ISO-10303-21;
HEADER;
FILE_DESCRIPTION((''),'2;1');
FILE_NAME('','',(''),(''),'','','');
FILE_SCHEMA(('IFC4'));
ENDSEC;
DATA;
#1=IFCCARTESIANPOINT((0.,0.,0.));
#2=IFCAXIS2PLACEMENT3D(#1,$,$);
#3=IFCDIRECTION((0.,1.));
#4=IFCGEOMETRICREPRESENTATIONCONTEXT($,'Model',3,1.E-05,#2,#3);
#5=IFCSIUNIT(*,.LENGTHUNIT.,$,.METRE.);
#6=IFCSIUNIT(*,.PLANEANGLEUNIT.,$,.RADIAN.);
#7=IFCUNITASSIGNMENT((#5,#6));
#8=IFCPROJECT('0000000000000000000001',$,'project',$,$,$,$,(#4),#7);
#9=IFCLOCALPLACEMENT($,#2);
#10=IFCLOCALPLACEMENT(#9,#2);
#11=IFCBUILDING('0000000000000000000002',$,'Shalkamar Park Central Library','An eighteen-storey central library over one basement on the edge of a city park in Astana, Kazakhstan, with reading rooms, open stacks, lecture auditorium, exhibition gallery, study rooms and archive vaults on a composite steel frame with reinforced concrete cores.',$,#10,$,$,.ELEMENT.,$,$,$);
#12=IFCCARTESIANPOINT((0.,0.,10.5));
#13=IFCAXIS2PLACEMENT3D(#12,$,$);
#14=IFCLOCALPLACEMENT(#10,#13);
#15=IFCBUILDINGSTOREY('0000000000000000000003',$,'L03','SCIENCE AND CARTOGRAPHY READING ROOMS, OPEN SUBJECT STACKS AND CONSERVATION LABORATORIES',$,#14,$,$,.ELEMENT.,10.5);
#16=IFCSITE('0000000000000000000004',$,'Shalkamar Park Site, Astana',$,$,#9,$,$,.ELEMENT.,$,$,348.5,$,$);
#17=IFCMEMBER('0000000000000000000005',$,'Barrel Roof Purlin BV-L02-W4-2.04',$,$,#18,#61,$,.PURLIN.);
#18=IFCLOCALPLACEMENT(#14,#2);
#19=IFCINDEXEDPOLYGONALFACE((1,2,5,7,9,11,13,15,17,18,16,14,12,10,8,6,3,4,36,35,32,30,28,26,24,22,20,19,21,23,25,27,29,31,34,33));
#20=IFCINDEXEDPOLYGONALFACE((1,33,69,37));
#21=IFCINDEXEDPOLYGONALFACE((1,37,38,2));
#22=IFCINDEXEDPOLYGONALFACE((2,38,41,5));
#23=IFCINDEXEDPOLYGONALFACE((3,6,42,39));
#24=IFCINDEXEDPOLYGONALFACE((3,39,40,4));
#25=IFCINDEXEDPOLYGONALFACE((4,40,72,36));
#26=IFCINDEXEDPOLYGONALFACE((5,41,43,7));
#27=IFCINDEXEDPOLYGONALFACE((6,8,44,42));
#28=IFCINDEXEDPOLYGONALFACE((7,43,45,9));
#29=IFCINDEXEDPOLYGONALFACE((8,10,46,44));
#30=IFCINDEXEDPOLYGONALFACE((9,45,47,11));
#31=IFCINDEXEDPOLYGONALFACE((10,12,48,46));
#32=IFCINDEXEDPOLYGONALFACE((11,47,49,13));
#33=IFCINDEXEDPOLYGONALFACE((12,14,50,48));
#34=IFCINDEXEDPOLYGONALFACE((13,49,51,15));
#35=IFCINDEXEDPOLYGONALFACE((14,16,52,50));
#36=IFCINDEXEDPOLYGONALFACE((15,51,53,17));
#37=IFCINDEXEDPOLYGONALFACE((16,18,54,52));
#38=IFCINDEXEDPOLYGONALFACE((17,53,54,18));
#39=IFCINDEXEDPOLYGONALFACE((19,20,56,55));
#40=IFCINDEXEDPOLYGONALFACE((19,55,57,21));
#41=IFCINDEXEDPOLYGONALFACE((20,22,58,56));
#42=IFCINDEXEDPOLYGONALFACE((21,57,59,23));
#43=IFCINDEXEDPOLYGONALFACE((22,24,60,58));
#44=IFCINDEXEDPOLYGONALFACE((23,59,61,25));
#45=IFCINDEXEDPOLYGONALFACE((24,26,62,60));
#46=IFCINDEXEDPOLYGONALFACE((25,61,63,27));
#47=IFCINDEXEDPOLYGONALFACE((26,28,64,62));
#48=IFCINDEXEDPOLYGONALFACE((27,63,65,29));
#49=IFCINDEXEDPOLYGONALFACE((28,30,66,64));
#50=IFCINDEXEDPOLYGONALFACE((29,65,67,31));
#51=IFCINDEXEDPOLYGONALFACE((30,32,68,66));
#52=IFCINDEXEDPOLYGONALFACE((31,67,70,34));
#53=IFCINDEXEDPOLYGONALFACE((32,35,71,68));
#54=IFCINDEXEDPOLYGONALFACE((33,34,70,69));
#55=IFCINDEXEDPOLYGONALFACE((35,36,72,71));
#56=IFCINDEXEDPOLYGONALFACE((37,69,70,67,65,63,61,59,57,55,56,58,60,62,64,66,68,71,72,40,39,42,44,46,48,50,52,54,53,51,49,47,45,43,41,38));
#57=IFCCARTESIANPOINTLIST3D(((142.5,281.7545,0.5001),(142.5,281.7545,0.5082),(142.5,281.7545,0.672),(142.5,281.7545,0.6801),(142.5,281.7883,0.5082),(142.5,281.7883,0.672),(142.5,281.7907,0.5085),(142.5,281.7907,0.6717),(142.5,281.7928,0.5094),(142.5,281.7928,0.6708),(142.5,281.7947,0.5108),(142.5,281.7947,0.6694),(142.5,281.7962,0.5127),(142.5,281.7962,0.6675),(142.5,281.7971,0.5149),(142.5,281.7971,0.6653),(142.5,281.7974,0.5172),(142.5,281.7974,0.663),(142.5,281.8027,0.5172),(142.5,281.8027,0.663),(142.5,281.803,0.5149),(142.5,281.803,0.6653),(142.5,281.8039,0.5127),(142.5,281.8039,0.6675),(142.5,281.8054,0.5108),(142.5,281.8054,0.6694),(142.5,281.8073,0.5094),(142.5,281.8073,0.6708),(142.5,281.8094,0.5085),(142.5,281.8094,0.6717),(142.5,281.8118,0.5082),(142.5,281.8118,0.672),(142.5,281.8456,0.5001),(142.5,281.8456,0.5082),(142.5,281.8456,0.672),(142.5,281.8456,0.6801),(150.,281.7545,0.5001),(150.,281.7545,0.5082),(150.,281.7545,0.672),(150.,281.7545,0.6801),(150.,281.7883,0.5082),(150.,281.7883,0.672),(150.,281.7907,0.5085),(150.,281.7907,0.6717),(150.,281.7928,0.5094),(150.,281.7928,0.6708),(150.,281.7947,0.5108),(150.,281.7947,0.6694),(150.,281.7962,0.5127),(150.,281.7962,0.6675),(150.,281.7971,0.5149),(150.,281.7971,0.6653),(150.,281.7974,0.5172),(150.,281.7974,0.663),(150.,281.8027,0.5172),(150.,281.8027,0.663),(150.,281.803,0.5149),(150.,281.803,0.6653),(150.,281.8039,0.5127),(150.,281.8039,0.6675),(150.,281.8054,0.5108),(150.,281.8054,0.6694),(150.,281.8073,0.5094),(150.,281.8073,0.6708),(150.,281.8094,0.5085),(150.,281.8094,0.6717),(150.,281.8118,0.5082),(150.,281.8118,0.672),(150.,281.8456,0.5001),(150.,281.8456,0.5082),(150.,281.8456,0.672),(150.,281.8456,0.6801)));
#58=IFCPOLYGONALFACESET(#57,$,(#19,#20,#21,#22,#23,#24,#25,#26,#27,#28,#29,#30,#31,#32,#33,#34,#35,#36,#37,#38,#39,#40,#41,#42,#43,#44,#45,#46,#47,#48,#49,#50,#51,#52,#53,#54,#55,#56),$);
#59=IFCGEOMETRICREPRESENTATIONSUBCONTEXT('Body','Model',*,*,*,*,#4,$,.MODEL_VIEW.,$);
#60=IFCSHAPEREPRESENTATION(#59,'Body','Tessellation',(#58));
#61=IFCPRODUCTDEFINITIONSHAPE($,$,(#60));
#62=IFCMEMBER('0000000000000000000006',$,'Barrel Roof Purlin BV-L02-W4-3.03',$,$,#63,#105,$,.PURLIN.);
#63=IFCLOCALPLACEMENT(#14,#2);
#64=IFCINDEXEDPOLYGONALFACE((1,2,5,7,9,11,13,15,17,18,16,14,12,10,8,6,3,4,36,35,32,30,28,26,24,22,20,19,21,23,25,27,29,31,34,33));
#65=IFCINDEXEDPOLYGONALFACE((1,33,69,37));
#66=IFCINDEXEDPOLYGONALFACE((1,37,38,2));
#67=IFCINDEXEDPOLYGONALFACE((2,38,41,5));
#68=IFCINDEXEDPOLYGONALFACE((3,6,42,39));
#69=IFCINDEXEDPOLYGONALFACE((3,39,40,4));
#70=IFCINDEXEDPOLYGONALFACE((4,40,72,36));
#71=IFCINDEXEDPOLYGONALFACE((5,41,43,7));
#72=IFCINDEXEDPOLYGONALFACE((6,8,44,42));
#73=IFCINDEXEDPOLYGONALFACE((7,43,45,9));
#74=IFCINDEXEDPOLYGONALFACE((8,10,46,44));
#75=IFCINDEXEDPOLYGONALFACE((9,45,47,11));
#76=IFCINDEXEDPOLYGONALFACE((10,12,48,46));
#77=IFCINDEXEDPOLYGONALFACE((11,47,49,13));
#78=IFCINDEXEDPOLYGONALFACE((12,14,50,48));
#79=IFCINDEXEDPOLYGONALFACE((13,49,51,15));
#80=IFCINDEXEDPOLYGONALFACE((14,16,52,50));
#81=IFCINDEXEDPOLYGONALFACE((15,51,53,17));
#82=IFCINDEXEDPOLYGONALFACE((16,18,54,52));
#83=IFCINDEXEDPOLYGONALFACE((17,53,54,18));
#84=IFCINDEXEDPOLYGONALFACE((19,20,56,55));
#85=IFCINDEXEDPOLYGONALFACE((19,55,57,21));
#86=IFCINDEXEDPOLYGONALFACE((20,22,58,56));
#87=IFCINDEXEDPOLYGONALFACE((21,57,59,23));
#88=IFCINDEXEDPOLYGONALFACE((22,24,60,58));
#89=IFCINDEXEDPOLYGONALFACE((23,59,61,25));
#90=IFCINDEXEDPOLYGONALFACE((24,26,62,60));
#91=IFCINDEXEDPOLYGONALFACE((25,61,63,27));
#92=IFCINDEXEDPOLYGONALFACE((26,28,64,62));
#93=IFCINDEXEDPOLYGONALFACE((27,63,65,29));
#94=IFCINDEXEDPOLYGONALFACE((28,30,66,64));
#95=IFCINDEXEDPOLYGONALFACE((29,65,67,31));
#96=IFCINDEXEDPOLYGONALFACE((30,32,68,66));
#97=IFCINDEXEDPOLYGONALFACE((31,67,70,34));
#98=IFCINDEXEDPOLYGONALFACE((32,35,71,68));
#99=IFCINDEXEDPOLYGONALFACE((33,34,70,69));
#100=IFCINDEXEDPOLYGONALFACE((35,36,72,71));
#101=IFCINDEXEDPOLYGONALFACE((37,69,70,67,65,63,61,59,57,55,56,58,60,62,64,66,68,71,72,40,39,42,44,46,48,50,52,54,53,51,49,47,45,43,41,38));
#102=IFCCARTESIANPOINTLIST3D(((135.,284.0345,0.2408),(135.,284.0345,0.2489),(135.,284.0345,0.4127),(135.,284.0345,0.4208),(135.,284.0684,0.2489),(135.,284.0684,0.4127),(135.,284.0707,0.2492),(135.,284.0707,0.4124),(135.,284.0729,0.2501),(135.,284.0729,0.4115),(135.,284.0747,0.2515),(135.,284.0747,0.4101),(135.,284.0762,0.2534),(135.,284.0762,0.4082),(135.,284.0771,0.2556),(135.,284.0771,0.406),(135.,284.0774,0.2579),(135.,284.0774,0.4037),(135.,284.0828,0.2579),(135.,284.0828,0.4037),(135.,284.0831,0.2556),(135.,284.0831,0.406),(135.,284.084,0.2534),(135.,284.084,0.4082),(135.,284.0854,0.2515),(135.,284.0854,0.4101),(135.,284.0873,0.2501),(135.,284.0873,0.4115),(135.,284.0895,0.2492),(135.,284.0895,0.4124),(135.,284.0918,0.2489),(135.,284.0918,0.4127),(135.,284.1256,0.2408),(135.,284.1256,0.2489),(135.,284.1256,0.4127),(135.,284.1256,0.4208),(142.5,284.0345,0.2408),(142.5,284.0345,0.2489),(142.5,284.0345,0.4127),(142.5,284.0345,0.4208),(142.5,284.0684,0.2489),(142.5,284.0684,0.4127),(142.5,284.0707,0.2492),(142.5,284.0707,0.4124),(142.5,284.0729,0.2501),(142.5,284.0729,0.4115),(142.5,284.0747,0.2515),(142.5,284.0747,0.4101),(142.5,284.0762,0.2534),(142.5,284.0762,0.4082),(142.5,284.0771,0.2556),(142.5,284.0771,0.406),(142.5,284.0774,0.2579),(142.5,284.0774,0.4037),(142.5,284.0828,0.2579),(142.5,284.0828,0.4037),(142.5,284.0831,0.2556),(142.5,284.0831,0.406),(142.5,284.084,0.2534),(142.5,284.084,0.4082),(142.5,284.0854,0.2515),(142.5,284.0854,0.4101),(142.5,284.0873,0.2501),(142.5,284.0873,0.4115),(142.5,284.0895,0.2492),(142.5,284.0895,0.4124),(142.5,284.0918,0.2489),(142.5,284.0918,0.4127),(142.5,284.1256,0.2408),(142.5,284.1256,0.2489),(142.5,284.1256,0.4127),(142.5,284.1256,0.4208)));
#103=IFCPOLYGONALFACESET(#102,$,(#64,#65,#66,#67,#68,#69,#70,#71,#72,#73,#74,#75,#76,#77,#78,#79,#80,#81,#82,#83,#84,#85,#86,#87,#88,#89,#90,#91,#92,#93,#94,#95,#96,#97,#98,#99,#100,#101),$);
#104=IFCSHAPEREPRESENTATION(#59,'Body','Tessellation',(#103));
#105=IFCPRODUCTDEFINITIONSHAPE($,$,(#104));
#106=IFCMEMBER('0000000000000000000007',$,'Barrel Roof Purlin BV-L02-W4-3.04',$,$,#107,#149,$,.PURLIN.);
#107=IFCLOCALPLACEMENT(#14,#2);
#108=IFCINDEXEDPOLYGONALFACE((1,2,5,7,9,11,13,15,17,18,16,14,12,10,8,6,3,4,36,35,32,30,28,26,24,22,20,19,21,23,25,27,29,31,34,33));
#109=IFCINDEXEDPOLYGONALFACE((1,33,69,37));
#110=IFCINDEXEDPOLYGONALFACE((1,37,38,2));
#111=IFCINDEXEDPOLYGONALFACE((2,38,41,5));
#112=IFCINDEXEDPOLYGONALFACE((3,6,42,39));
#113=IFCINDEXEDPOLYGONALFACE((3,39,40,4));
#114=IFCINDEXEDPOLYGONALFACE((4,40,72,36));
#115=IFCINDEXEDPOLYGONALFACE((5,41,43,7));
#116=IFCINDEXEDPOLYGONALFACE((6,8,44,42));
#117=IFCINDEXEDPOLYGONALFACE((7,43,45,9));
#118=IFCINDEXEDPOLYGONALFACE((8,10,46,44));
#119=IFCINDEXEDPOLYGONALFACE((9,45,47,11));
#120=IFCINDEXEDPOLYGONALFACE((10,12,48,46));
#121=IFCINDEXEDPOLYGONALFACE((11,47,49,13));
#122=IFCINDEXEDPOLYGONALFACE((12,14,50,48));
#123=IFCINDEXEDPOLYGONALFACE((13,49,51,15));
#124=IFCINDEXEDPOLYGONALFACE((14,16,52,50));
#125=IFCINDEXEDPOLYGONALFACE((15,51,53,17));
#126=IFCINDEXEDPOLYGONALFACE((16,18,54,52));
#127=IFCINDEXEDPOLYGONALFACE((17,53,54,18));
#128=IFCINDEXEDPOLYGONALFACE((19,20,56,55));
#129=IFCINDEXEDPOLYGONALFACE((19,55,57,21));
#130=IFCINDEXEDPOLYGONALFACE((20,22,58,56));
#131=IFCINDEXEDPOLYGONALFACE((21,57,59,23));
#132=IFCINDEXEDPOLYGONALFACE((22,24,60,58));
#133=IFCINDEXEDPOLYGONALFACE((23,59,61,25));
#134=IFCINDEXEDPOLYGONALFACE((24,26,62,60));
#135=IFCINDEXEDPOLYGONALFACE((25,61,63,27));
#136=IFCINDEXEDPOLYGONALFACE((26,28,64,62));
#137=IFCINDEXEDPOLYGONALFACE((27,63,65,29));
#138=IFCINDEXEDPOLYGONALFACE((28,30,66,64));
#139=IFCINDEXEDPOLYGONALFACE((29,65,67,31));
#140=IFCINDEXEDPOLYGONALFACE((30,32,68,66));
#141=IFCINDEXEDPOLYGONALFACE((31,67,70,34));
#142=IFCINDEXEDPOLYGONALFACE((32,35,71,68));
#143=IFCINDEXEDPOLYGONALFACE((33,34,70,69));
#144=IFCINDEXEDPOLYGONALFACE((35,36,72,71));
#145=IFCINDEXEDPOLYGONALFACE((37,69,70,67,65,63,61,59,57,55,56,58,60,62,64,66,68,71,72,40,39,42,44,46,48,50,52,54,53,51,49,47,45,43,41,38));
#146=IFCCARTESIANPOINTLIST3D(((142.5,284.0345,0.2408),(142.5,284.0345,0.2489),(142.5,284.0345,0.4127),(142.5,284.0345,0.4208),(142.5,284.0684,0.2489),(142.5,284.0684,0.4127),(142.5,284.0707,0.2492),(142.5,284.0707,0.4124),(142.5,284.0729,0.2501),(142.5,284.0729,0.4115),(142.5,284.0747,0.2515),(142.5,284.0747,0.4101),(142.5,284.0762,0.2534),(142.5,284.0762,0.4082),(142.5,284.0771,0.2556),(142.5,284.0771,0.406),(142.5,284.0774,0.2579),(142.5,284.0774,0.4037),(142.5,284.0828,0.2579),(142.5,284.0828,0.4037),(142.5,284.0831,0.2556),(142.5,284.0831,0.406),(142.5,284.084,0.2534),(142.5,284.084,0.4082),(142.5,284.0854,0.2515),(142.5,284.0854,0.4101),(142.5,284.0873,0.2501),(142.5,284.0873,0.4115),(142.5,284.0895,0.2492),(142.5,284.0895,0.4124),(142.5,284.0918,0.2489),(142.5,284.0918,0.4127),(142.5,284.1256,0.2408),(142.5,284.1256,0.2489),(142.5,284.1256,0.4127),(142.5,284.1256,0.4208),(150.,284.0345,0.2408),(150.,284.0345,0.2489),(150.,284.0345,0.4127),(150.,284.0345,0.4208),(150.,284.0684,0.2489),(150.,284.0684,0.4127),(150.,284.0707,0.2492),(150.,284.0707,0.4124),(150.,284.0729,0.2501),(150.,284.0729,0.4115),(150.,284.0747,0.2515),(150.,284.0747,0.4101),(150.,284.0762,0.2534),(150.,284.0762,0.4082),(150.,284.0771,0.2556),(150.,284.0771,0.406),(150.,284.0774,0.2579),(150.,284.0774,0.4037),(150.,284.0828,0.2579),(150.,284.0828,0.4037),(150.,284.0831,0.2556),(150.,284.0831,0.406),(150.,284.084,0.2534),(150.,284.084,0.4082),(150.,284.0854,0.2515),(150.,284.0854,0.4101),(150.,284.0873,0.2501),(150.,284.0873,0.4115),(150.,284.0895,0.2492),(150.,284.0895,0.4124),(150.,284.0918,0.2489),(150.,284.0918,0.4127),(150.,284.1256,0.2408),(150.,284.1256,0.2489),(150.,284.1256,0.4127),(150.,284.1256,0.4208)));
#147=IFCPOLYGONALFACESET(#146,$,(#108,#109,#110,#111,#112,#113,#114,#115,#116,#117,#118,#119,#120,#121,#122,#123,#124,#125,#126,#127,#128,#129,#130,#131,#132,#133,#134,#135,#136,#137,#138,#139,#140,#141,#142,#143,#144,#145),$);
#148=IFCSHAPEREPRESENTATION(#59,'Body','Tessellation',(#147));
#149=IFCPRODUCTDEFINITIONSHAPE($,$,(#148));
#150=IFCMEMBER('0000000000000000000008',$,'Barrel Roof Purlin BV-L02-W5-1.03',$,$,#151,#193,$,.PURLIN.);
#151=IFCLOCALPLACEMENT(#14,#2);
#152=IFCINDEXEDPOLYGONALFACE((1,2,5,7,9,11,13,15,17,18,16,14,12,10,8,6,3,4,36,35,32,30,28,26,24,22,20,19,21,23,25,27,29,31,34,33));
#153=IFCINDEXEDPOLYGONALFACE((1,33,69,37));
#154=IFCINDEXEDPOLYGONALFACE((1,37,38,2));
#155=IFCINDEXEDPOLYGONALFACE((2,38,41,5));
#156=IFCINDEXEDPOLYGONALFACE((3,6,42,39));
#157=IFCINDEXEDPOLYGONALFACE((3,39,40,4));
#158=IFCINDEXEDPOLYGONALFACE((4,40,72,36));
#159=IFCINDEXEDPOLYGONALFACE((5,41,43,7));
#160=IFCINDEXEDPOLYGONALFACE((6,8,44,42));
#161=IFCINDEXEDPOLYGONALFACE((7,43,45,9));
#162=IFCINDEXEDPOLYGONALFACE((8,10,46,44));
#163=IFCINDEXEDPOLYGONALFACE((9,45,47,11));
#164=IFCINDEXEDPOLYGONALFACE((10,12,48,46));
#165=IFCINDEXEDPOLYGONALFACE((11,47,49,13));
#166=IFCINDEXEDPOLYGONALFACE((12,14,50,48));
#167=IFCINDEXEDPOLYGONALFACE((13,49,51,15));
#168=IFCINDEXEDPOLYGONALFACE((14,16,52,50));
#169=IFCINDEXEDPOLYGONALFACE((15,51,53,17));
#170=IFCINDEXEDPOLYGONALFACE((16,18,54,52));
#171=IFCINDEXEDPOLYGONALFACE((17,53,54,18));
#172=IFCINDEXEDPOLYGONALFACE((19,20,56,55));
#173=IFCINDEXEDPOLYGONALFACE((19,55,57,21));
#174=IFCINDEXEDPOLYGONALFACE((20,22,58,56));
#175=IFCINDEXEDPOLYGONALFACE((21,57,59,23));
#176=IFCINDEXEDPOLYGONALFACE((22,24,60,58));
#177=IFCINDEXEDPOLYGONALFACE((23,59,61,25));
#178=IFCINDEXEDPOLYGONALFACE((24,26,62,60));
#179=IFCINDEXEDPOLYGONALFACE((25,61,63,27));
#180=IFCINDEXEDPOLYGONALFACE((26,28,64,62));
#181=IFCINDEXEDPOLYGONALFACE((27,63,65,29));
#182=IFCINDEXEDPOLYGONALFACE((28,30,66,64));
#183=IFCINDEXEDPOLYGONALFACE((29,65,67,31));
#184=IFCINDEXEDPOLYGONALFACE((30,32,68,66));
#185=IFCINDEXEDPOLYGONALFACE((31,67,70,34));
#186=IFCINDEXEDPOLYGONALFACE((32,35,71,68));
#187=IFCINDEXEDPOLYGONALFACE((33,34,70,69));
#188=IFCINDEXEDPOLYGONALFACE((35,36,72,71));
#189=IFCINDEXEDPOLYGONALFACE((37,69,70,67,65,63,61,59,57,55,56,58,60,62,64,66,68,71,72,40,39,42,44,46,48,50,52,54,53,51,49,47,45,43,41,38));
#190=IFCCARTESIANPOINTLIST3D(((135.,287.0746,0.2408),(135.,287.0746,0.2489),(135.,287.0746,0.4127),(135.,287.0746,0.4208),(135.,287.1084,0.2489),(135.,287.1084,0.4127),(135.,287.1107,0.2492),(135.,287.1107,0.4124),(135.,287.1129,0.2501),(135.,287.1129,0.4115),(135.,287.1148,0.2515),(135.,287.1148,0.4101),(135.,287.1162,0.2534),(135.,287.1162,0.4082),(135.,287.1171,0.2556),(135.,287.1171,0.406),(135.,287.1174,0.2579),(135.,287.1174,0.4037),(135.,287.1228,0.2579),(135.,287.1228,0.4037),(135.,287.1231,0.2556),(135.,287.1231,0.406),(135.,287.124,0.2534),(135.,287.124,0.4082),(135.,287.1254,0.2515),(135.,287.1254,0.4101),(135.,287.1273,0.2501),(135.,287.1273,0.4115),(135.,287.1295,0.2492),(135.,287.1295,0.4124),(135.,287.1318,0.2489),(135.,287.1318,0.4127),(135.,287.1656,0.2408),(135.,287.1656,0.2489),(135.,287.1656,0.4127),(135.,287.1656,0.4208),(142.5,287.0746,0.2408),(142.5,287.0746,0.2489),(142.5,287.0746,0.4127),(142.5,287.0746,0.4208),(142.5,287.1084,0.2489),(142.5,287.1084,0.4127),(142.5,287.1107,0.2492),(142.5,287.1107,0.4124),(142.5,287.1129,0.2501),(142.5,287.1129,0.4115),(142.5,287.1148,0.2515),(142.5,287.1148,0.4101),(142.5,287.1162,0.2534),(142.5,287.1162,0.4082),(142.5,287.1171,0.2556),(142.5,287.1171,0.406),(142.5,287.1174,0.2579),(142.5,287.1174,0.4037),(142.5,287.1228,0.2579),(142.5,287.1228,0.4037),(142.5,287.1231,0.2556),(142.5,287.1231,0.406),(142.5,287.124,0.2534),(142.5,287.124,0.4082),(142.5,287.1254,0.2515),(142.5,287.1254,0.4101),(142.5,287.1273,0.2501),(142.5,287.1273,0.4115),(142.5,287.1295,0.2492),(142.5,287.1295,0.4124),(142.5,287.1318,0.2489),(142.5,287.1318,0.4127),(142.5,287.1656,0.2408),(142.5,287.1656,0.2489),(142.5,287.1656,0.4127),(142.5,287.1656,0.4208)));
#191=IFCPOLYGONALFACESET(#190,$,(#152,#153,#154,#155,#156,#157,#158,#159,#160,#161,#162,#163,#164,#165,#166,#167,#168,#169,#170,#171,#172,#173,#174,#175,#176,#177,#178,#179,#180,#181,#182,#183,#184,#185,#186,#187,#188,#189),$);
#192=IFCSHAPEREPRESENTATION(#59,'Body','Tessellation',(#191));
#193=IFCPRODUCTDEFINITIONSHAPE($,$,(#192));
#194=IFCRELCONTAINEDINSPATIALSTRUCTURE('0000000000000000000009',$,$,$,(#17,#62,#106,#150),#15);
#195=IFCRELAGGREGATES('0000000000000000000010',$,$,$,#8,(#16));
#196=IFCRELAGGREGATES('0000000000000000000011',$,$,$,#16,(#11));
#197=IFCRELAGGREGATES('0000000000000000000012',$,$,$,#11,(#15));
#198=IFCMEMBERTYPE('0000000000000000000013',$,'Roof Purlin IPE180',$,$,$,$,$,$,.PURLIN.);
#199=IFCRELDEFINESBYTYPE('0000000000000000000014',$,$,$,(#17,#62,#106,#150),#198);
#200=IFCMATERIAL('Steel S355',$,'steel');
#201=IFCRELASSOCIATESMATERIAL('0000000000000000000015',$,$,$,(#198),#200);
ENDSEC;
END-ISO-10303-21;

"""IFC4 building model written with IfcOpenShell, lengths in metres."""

from ifc_helpers import new_model, si_unit, direction, frame, origin, origin_2d, place, context, subcontext, project, spatial, i_section, extrude, material, material_profile, profile_set, type_object, element, save


model = new_model("IFC4")

# Units and contexts
model_context = context("Model", 3, precision=1e-05, world=origin(), true_north=direction((0.0, 1.0)))
body_context = subcontext(model_context, "Body", "Model", "MODEL_VIEW")
ifc_project = project(units=[si_unit("LENGTHUNIT", "METRE"), si_unit("PLANEANGLEUNIT", "RADIAN")], contexts=[model_context])

# Site, building, storey
site_placement = place(None, origin())
site = spatial("IfcSite", under=ifc_project, at=site_placement, Name="Shalkamar Park Site, Astana", CompositionType="ELEMENT", RefElevation=348.5)
building_placement = place(site_placement, origin())
building = spatial("IfcBuilding", under=site, at=building_placement, Name="Shalkamar Park Central Library", Description="An eighteen-storey central library over one basement on the edge of a city park in Astana, Kazakhstan, with reading rooms, open stacks, lecture auditorium, exhibition gallery, study rooms and archive vaults on a composite steel frame with reinforced concrete cores.", CompositionType="ELEMENT")
storey_placement = place(building_placement, frame((0.0, 0.0, 10.5)))
storey = spatial("IfcBuildingStorey", under=building, at=storey_placement, Name="L03", Description="SCIENCE AND CARTOGRAPHY READING ROOMS, OPEN SUBJECT STACKS AND CONSERVATION LABORATORIES", CompositionType="ELEMENT", Elevation=10.5)

# Members
ifc_material_1 = material(Name="Steel S355", Category="steel")
ifc_material_profile_1 = material_profile(ifc_material_1, i_section(OverallWidth=0.0911, OverallDepth=0.1799, WebThickness=0.0054, FlangeThickness=0.0081, FilletRadius=0.009, at=origin_2d()), Name="IPE 180")
ifc_profile_set_1 = profile_set([ifc_material_profile_1], Name="Steel S355")
member_type_1 = type_object("IfcMemberType", Name="Roof Purlin IPE180", PredefinedType="PURLIN", material=ifc_profile_set_1)
for number, where, z_axis, x_axis, name in (
    (1, (142.5, 281.8, 0.5901), (1.0, 0.0, 0.0), (0.0, 1.0, 0.0), "Barrel Roof Purlin BV-L02-W4-2.04"),
    (2, (135.0, 284.0801, 0.3308), (1.0, 0.0, 0.0), (0.0, 1.0, 0.0), "Barrel Roof Purlin BV-L02-W4-3.03"),
    (3, (142.5, 284.0801, 0.3308), (1.0, 0.0, 0.0), (0.0, 1.0, 0.0), "Barrel Roof Purlin BV-L02-W4-3.04"),
    (4, (135.0, 287.1201, 0.3308), (1.0, 0.0, 0.0), (0.0, 1.0, 0.0), "Barrel Roof Purlin BV-L02-W5-1.03"),
):
    element("IfcMember", number, at=place(storey_placement, frame(where, z_axis=z_axis, x_axis=x_axis)), inside=storey, type_object=member_type_1, Name=name, PredefinedType="PURLIN", context=body_context, shape_type="SweptSolid", body=[
        extrude(i_section(OverallWidth=0.0911, OverallDepth=0.1799, WebThickness=0.0054, FlangeThickness=0.0081, FilletRadius=0.009, at=origin_2d()), origin(), (0.0, 0.0, 1.0), 7.5),
    ])

save(model, "model.ifc")
